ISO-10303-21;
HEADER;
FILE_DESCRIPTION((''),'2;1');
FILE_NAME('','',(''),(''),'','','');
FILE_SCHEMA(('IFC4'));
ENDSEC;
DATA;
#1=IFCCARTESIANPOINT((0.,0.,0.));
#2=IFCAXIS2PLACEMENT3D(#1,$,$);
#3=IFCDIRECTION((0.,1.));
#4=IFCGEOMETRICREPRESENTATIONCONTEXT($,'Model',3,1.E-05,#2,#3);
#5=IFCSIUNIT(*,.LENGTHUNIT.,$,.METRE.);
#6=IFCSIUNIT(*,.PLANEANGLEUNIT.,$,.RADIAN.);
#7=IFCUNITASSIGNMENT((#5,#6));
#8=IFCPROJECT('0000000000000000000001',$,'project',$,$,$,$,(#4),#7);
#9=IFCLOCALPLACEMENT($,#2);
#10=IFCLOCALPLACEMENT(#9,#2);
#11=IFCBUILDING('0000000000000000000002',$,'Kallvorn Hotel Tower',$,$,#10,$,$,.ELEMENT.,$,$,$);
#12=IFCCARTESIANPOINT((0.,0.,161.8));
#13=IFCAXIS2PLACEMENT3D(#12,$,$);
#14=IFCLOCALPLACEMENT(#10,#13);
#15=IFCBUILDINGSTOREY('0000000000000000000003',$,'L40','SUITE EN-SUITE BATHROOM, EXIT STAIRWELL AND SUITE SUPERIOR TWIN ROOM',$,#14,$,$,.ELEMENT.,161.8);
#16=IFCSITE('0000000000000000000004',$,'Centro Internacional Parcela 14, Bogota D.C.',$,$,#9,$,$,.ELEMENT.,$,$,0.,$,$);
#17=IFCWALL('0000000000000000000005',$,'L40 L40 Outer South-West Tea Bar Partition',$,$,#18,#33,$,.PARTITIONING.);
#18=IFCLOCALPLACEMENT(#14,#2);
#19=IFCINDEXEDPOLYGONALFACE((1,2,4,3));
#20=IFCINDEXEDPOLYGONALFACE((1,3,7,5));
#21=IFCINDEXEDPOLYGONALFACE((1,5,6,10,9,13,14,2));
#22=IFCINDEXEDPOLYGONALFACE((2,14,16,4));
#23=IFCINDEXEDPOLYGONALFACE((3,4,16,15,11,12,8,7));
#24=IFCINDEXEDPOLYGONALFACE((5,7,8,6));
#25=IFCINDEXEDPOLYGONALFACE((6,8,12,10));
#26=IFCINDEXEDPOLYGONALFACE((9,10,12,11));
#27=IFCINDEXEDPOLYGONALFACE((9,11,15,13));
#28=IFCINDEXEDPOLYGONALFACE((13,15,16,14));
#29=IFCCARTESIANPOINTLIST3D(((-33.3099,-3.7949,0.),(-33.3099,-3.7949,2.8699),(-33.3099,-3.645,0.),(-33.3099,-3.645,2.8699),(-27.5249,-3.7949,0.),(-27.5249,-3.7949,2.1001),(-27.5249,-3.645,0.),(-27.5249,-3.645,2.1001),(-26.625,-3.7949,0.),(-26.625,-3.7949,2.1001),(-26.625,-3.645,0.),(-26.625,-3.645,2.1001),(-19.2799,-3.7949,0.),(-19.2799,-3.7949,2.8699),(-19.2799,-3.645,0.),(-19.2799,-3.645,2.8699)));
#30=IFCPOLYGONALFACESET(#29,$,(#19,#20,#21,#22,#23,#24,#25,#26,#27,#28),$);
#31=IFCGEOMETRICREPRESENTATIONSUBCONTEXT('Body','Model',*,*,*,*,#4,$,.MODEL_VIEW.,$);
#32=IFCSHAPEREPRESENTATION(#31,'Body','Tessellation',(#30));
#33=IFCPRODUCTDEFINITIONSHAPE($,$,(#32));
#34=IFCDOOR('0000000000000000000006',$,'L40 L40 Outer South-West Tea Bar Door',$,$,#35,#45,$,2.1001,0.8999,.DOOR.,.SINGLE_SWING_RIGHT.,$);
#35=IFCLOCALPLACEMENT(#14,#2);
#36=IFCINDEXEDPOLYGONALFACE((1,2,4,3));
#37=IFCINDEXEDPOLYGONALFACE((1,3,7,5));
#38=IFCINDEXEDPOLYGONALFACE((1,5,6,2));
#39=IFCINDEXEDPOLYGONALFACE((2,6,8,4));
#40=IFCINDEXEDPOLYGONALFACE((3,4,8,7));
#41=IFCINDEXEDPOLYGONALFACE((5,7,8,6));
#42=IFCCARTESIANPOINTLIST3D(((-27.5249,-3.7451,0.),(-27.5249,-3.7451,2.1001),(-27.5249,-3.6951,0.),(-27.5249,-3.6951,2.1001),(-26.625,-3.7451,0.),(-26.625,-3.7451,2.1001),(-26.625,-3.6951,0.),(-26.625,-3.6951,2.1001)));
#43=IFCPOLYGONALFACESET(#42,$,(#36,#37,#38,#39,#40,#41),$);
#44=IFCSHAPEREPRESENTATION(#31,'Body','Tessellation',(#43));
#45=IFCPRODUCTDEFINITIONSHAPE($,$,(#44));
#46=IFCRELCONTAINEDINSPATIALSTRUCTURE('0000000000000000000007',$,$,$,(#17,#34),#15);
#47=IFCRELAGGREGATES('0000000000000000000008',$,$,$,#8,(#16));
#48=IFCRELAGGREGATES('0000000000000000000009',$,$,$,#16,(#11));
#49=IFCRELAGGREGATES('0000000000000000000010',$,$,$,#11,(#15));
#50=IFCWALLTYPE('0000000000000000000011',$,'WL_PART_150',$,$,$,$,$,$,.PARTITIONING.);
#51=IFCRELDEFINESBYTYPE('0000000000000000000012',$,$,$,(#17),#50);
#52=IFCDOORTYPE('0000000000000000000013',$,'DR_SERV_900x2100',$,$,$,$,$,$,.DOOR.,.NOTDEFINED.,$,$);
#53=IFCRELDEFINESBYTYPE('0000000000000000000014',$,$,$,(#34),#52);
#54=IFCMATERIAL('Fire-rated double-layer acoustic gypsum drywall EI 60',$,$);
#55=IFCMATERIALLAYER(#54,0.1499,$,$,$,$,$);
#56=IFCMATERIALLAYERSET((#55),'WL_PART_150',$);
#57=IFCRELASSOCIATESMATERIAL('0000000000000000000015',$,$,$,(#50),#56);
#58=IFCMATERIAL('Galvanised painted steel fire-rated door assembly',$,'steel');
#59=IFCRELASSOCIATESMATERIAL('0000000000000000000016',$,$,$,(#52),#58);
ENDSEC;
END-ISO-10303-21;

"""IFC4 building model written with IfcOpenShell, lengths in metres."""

from ifc_helpers import new_model, si_unit, direction, frame, frame_2d, origin, place, context, subcontext, project, spatial, rectangle, extrude, material, layer, layer_set, type_object, element, fill, save


model = new_model("IFC4")

# Units and contexts
model_context = context("Model", 3, precision=1e-05, world=origin(), true_north=direction((0.0, 1.0)))
body_context = subcontext(model_context, "Body", "Model", "MODEL_VIEW")
ifc_project = project(units=[si_unit("LENGTHUNIT", "METRE"), si_unit("PLANEANGLEUNIT", "RADIAN")], contexts=[model_context])

# Site, building, storey
site_placement = place(None, origin())
site = spatial("IfcSite", under=ifc_project, at=site_placement, Name="Centro Internacional Parcela 14, Bogota D.C.", CompositionType="ELEMENT", RefElevation=0.0)
building_placement = place(site_placement, origin())
building = spatial("IfcBuilding", under=site, at=building_placement, Name="Kallvorn Hotel Tower", CompositionType="ELEMENT")
storey_placement = place(building_placement, frame((0.0, 0.0, 161.8)))
storey = spatial("IfcBuildingStorey", under=building, at=storey_placement, Name="L40", Description="SUITE EN-SUITE BATHROOM, EXIT STAIRWELL AND SUITE SUPERIOR TWIN ROOM", CompositionType="ELEMENT", Elevation=161.8)

# Wall, opening, door
ifc_material_1 = material(Name="Fire-rated double-layer acoustic gypsum drywall EI 60")
ifc_layer = layer(ifc_material_1, 0.1499)
ifc_layer_set = layer_set([ifc_layer], Name="WL_PART_150")
wall_type = type_object("IfcWallType", Name="WL_PART_150", PredefinedType="PARTITIONING", material=ifc_layer_set)
wall_placement = place(storey_placement, frame((-33.3101, -3.72, 0.0), z_axis=(0.0, 0.0, 1.0), x_axis=(1.0, 0.0, 0.0)))
wall = element("IfcWall", 1, at=wall_placement, inside=storey, type_object=wall_type, Name="L40 L40 Outer South-West Tea Bar Partition", PredefinedType="PARTITIONING", context=body_context, shape_type="SweptSolid", body=[
    extrude(rectangle(XDim=14.03, YDim=0.1499, at=frame_2d((7.0151, 0.0))), origin(), (0.0, 0.0, 1.0), 2.8699),
])
opening_placement = place(wall_placement, frame((5.7852, 0.0, 0.0)))
opening = element("IfcOpeningElement", 2, at=opening_placement, cuts=wall, PredefinedType="OPENING", context=body_context, shape_type="SweptSolid", body=[
    extrude(rectangle(XDim=0.8999, YDim=2.1001, at=frame_2d((0.45, 1.05))), frame((0.0, 0.0898, 0.0), z_axis=(0.0, -1.0, 0.0), x_axis=(1.0, 0.0, 0.0)), (0.0, 0.0, 1.0), 0.1799),
])
ifc_material_2 = material(Name="Galvanised painted steel fire-rated door assembly", Category="steel")
door_type = type_object("IfcDoorType", Name="DR_SERV_900x2100", OperationType="NOTDEFINED", PredefinedType="DOOR", material=ifc_material_2)
door_placement = place(opening_placement, origin())
door = element("IfcDoor", 3, at=door_placement, inside=storey, type_object=door_type, Name="L40 L40 Outer South-West Tea Bar Door", OperationType="SINGLE_SWING_RIGHT", OverallHeight=2.1001, OverallWidth=0.8999, PredefinedType="DOOR", context=body_context, shape_type="SweptSolid", body=[
    extrude(rectangle(XDim=0.8999, YDim=2.1001, at=frame_2d((0.45, 1.05))), frame((0.0, 0.0249, 0.0), z_axis=(0.0, -1.0, 0.0), x_axis=(1.0, 0.0, 0.0)), (0.0, 0.0, 1.0), 0.05),
])
fill(opening, door)

save(model, "model.ifc")
